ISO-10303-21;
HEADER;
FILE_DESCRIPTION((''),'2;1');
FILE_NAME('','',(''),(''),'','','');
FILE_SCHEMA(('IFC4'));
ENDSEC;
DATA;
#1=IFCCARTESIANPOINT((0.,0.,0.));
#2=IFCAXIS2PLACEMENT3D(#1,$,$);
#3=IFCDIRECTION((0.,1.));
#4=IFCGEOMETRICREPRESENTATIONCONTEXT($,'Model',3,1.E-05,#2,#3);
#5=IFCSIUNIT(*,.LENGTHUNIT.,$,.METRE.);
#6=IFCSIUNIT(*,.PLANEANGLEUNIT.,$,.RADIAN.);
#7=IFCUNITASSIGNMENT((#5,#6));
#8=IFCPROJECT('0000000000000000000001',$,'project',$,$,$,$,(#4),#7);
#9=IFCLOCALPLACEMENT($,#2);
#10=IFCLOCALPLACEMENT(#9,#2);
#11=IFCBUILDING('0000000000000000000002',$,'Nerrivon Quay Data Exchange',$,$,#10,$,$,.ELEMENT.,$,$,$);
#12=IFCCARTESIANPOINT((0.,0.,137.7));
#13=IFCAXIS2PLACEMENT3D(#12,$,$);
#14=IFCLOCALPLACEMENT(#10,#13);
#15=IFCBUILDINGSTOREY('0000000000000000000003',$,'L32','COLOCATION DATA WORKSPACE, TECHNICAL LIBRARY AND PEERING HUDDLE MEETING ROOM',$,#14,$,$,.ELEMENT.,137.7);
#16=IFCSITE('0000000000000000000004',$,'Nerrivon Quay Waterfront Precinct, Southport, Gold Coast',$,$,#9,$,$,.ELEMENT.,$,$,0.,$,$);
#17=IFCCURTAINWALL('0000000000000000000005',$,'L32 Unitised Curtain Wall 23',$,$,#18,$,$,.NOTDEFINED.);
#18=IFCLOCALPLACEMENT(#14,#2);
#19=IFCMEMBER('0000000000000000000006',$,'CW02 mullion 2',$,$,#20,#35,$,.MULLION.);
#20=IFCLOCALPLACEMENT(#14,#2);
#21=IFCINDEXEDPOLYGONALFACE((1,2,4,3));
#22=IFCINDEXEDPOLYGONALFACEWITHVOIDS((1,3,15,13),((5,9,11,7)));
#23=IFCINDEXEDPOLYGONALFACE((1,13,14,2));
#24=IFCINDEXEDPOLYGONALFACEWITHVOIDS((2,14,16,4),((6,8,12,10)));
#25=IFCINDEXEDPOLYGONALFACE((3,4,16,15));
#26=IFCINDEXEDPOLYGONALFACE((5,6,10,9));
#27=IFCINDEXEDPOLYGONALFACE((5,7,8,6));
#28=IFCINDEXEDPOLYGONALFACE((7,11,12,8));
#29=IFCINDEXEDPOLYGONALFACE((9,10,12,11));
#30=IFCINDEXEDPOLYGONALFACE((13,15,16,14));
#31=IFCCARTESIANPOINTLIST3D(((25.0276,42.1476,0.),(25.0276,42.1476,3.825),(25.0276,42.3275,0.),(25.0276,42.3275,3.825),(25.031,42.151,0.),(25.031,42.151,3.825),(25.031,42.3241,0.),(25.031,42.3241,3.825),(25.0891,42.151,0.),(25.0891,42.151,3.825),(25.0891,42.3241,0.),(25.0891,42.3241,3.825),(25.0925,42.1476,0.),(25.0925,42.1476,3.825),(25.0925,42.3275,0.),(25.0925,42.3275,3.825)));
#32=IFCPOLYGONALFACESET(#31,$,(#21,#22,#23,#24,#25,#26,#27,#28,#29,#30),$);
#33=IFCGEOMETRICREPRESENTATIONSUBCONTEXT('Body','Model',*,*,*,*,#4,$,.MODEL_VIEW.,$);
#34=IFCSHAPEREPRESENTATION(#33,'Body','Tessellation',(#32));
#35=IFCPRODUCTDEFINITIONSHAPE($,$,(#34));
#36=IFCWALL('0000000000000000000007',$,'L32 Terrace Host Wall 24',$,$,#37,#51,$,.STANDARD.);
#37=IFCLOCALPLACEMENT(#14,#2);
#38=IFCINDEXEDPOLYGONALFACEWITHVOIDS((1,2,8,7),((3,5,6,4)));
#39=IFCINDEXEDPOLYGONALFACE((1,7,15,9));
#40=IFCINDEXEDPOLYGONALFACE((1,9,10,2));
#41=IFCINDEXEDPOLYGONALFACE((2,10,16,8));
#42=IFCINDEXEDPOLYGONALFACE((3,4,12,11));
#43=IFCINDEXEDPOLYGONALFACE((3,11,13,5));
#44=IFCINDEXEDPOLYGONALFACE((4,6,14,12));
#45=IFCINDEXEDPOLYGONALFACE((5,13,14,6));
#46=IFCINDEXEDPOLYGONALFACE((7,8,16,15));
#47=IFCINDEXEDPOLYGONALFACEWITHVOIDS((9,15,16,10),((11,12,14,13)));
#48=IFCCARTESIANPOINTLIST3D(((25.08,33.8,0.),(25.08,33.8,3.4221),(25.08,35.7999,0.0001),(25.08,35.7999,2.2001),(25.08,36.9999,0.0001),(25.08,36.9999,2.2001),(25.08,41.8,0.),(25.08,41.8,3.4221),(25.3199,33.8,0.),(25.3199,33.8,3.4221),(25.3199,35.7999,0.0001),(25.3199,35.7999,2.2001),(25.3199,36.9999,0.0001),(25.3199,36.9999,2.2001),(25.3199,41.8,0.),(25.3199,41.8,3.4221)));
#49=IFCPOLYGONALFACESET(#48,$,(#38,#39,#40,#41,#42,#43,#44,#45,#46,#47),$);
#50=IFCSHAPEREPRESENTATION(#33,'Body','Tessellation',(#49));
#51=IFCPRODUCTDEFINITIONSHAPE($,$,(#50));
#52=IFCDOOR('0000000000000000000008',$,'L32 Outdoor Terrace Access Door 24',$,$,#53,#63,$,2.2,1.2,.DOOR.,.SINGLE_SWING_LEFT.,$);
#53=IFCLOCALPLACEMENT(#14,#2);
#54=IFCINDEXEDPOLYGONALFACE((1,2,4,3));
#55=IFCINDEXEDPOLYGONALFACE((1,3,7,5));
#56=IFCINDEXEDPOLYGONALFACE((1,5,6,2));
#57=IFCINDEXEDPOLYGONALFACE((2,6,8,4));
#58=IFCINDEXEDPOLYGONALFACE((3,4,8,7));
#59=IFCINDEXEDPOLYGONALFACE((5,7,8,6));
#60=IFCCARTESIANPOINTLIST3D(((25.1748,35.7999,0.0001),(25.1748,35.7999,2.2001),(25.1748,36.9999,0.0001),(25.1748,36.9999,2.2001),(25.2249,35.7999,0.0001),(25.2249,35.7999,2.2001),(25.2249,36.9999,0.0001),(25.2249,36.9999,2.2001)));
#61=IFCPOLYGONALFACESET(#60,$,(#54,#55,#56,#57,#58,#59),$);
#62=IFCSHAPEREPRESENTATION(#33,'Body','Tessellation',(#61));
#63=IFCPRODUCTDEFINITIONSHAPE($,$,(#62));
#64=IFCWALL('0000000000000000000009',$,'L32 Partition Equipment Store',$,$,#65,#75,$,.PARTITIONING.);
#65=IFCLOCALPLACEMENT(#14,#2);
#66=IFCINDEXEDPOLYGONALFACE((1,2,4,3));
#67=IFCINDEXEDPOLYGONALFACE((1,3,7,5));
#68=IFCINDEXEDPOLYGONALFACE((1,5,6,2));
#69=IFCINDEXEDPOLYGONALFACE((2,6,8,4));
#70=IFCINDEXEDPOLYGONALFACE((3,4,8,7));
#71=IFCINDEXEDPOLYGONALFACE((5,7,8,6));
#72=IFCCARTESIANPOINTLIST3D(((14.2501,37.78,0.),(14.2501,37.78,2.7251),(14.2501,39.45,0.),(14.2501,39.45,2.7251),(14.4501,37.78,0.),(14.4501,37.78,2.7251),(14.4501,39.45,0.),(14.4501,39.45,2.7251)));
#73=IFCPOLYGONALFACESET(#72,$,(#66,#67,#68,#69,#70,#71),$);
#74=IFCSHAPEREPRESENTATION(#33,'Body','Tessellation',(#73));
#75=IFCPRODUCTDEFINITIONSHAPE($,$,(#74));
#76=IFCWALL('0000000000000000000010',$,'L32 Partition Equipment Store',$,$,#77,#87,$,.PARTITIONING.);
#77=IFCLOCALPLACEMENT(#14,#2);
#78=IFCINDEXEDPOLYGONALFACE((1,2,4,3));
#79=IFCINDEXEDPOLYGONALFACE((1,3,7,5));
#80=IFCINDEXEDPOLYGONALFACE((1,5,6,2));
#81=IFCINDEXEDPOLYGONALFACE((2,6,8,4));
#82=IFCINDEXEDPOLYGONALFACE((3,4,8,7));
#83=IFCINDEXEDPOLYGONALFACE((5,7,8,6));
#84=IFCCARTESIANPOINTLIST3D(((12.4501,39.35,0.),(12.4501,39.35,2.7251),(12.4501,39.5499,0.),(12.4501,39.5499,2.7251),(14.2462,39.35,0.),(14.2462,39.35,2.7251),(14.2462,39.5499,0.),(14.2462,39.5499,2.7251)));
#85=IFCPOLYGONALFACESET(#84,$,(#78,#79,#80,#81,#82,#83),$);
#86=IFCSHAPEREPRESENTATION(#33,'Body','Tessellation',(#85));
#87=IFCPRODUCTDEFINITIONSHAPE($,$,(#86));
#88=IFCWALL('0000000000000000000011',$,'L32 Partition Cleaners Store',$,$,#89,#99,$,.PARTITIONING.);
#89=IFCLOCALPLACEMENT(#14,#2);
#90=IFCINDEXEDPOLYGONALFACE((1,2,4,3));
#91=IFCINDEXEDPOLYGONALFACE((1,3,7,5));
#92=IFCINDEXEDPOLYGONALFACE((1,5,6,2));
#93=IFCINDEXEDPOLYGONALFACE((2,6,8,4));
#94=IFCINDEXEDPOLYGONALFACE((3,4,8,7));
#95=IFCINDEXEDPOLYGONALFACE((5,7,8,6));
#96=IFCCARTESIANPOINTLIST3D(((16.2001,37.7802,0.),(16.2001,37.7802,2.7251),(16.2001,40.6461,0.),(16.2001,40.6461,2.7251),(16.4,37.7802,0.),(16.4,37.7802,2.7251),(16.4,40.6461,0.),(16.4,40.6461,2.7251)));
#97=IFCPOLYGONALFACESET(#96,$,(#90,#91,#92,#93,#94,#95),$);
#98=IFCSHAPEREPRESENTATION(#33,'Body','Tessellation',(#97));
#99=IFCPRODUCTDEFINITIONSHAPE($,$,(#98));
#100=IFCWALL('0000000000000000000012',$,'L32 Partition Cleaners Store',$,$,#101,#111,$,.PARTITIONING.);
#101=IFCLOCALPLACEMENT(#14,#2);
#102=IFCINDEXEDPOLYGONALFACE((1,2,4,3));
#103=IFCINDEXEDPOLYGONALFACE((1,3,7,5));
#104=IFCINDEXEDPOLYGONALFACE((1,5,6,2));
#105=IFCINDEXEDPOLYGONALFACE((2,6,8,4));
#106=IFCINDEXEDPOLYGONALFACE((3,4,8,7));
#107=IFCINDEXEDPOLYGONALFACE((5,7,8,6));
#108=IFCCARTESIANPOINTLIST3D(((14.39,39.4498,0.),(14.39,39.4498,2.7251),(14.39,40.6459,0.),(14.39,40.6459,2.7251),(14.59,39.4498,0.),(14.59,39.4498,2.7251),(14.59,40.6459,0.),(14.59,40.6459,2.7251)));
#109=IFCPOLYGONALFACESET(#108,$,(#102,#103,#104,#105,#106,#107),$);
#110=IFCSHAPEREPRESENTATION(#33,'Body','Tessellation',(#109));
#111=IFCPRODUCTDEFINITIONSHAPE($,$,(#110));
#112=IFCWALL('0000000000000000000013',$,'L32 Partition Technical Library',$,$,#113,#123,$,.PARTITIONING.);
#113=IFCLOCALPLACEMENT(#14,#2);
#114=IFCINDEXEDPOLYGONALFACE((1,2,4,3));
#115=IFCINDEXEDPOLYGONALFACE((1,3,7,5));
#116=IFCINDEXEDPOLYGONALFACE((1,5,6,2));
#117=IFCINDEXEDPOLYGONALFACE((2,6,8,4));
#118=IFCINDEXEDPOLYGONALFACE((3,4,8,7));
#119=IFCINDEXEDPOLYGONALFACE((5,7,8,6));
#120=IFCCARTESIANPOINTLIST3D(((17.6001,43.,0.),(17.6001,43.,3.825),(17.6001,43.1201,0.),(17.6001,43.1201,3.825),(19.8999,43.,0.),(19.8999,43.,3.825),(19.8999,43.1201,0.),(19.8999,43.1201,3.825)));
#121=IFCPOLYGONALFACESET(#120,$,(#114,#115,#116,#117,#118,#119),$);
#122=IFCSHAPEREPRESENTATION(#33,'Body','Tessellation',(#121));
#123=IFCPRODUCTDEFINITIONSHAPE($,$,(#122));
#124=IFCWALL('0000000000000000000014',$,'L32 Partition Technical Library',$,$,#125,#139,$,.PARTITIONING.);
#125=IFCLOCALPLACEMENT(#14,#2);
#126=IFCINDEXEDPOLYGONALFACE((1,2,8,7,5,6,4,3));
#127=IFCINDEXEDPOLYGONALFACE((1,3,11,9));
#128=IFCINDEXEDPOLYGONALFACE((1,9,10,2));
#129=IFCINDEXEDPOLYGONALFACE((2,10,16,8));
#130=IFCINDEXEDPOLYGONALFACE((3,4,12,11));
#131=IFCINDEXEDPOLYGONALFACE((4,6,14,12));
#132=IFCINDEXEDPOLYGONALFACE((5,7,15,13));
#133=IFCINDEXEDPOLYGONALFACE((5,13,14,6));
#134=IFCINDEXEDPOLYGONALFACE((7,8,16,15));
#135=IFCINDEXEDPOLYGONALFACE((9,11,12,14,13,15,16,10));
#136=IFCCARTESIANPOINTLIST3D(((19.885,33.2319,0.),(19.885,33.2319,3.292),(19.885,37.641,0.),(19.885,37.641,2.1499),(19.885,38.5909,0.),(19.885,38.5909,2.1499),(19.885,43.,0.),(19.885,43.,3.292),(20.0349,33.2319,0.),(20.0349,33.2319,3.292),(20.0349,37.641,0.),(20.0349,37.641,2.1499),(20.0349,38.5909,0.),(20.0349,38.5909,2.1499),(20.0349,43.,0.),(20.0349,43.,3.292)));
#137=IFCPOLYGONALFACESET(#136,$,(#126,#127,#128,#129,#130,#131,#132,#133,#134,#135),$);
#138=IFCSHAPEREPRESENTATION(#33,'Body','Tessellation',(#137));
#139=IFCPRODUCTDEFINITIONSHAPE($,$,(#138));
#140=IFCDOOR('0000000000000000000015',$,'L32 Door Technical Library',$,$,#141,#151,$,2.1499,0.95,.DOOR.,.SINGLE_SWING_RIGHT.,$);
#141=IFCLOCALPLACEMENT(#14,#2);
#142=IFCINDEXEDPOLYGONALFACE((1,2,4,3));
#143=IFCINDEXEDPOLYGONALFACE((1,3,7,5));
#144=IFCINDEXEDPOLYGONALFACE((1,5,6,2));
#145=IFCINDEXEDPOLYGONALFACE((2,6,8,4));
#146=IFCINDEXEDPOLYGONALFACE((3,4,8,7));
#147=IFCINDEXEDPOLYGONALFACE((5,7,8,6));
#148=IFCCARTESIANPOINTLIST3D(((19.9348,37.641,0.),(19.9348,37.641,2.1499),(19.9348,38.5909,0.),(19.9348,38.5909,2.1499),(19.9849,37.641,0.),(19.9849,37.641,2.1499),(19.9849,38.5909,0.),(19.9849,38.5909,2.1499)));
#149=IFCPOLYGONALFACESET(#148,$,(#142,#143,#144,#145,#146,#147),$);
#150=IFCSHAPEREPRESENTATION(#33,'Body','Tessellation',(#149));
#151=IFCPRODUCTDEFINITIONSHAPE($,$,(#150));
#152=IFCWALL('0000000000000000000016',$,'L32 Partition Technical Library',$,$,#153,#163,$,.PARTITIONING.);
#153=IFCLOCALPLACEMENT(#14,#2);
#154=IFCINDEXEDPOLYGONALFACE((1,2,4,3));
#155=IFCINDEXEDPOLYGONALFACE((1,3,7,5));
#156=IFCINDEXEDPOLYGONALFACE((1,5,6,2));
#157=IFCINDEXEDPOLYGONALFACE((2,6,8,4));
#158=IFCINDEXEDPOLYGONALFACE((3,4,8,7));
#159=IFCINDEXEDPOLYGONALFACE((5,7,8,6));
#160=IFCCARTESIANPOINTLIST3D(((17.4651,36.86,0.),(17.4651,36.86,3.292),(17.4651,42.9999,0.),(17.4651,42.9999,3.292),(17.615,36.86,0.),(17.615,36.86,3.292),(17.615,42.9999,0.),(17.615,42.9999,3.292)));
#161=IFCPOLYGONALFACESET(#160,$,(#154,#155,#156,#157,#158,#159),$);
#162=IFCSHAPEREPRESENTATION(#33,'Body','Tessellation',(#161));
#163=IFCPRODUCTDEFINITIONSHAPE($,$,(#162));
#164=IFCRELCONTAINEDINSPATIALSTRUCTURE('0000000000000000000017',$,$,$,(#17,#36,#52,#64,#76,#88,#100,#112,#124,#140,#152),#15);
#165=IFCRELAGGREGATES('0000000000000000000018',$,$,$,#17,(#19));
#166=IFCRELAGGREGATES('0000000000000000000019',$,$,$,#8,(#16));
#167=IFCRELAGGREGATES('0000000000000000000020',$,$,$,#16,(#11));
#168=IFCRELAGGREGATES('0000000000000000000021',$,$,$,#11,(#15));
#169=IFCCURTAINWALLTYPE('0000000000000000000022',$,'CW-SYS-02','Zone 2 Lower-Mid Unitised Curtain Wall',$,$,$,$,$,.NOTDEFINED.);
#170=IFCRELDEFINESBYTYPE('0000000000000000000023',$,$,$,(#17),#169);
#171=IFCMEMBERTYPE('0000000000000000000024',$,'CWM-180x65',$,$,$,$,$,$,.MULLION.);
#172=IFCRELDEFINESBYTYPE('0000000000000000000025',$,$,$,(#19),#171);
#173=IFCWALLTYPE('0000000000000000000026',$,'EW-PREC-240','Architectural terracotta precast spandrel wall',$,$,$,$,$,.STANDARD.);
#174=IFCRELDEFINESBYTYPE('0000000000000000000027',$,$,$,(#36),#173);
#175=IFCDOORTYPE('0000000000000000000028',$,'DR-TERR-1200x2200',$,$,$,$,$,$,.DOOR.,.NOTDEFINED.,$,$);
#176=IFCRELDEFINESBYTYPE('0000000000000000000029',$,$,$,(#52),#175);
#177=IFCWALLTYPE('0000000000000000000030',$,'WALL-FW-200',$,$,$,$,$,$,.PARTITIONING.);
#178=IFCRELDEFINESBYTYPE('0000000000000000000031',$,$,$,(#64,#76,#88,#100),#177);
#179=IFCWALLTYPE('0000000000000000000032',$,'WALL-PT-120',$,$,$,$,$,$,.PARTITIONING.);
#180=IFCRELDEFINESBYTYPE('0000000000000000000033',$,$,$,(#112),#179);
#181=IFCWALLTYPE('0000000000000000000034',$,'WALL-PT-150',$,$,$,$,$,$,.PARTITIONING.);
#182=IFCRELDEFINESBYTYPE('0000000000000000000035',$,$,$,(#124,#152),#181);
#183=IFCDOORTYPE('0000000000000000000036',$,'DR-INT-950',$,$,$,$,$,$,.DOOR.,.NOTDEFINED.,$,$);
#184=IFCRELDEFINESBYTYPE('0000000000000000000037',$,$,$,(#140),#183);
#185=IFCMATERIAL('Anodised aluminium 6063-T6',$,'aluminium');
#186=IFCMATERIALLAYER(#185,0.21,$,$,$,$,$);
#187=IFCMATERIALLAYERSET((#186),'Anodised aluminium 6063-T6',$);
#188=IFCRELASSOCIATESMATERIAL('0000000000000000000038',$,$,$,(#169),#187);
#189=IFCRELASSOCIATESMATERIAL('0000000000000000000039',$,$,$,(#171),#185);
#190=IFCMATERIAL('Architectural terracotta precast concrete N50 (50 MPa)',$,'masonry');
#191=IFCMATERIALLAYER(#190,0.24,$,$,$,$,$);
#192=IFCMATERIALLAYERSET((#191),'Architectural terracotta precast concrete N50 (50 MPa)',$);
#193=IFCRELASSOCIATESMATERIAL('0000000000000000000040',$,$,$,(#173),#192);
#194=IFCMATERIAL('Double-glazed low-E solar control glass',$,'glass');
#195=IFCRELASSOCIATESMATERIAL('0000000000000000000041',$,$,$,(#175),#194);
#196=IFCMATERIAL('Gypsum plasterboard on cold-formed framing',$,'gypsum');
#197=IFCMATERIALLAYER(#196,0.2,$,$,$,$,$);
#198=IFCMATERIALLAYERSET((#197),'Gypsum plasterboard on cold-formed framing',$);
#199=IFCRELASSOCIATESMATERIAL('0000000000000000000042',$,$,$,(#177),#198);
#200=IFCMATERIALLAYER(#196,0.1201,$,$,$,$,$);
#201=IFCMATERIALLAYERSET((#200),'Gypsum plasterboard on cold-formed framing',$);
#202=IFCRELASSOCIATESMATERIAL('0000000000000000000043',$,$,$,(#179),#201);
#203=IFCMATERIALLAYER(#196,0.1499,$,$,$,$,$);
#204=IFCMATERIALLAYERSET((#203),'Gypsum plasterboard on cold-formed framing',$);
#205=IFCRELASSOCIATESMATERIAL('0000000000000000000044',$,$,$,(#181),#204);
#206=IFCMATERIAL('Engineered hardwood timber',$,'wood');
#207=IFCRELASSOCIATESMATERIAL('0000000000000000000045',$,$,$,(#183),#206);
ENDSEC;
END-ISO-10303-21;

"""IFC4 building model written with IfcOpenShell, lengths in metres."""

from ifc_helpers import new_model, si_unit, direction, frame, frame_2d, origin, origin_2d, place, context, subcontext, project, spatial, rectangle, hollow_rectangle, extrude, material, layer, layer_set, material_profile, profile_set, type_object, element, fill, aggregate, save


model = new_model("IFC4")

# Units and contexts
model_context = context("Model", 3, precision=1e-05, world=origin(), true_north=direction((0.0, 1.0)))
body_context = subcontext(model_context, "Body", "Model", "MODEL_VIEW")
ifc_project = project(units=[si_unit("LENGTHUNIT", "METRE"), si_unit("PLANEANGLEUNIT", "RADIAN")], contexts=[model_context])

# Site, building, storey
site_placement = place(None, origin())
site = spatial("IfcSite", under=ifc_project, at=site_placement, Name="Nerrivon Quay Waterfront Precinct, Southport, Gold Coast", CompositionType="ELEMENT", RefElevation=0.0)
building_placement = place(site_placement, origin())
building = spatial("IfcBuilding", under=site, at=building_placement, Name="Nerrivon Quay Data Exchange", CompositionType="ELEMENT")
storey_placement = place(building_placement, frame((0.0, 0.0, 137.7)))
storey = spatial("IfcBuildingStorey", under=building, at=storey_placement, Name="L32", Description="COLOCATION DATA WORKSPACE, TECHNICAL LIBRARY AND PEERING HUDDLE MEETING ROOM", CompositionType="ELEMENT", Elevation=137.7)

# Curtain wall, member
ifc_material_1 = material(Name="Anodised aluminium 6063-T6", Category="aluminium")
ifc_layer_1 = layer(ifc_material_1, 0.21)
ifc_layer_set_1 = layer_set([ifc_layer_1], Name="Anodised aluminium 6063-T6")
curtain_wall_type = type_object("IfcCurtainWallType", Name="CW-SYS-02", Description="Zone 2 Lower-Mid Unitised Curtain Wall", PredefinedType="NOTDEFINED", material=ifc_layer_set_1)
curtain_wall_placement = place(storey_placement, origin())
curtain_wall = element("IfcCurtainWall", 1, at=curtain_wall_placement, inside=storey, type_object=curtain_wall_type, Name="L32 Unitised Curtain Wall 23", PredefinedType="NOTDEFINED")
ifc_material_profile_1 = material_profile(ifc_material_1, hollow_rectangle(XDim=0.0649, YDim=0.1799, WallThickness=0.0034, at=origin_2d()), Name="ALU-MULL-180x65")
ifc_profile_set_1 = profile_set([ifc_material_profile_1], Name="Anodised aluminium 6063-T6")
member_type = type_object("IfcMemberType", Name="CWM-180x65", PredefinedType="MULLION", material=ifc_profile_set_1)
member_placement = place(storey_placement, frame((25.0601, 42.2375, 0.0), z_axis=(0.0, 0.0, 1.0), x_axis=(1.0, 0.0, 0.0)))
member = element("IfcMember", 2, at=member_placement, type_object=member_type, Name="CW02 mullion 2", PredefinedType="MULLION", context=body_context, shape_type="SweptSolid", body=[
    extrude(hollow_rectangle(XDim=0.0649, YDim=0.1799, WallThickness=0.0034, at=origin_2d()), origin(), (0.0, 0.0, 1.0), 3.825),
])
aggregate(curtain_wall, [member])

# Wall, opening, door
ifc_material_2 = material(Name="Architectural terracotta precast concrete N50 (50 MPa)", Category="masonry")
ifc_layer_2 = layer(ifc_material_2, 0.24)
ifc_layer_set_2 = layer_set([ifc_layer_2], Name="Architectural terracotta precast concrete N50 (50 MPa)")
wall_type_1 = type_object("IfcWallType", Name="EW-PREC-240", Description="Architectural terracotta precast spandrel wall", PredefinedType="STANDARD", material=ifc_layer_set_2)
wall_1_placement = place(storey_placement, frame((25.2, 41.8, 0.0), z_axis=(0.0, 0.0, 1.0), x_axis=(0.0, -1.0, 0.0)))
wall_1 = element("IfcWall", 3, at=wall_1_placement, inside=storey, type_object=wall_type_1, Name="L32 Terrace Host Wall 24", PredefinedType="STANDARD", context=body_context, shape_type="SweptSolid", body=[
    extrude(rectangle(XDim=8.0, YDim=0.24, at=frame_2d((4.0, 0.0))), origin(), (0.0, 0.0, 1.0), 3.4221),
])
opening_1_placement = place(wall_1_placement, frame((4.8, 0.0, 0.0)))
opening_1 = element("IfcOpeningElement", 4, at=opening_1_placement, cuts=wall_1, PredefinedType="OPENING", context=body_context, shape_type="SweptSolid", body=[
    extrude(rectangle(XDim=1.2, YDim=2.2, at=frame_2d((0.6001, 1.1001))), frame((0.0, 0.1299, 0.0), z_axis=(0.0, -1.0, 0.0), x_axis=(1.0, 0.0, 0.0)), (0.0, 0.0, 1.0), 0.26),
])
ifc_material_3 = material(Name="Double-glazed low-E solar control glass", Category="glass")
door_type_1 = type_object("IfcDoorType", Name="DR-TERR-1200x2200", OperationType="NOTDEFINED", PredefinedType="DOOR", material=ifc_material_3)
door_1_placement = place(opening_1_placement, origin())
door_1 = element("IfcDoor", 5, at=door_1_placement, inside=storey, type_object=door_type_1, Name="L32 Outdoor Terrace Access Door 24", OperationType="SINGLE_SWING_LEFT", OverallHeight=2.2, OverallWidth=1.2, PredefinedType="DOOR", context=body_context, shape_type="SweptSolid", body=[
    extrude(rectangle(XDim=1.2, YDim=2.2, at=frame_2d((0.6001, 1.1001))), frame((0.0, 0.0249, 0.0), z_axis=(0.0, -1.0, 0.0), x_axis=(1.0, 0.0, 0.0)), (0.0, 0.0, 1.0), 0.05),
])
fill(opening_1, door_1)

# Walls
ifc_material_4 = material(Name="Gypsum plasterboard on cold-formed framing", Category="gypsum")
ifc_layer_3 = layer(ifc_material_4, 0.2)
ifc_layer_set_3 = layer_set([ifc_layer_3], Name="Gypsum plasterboard on cold-formed framing")
wall_type_2 = type_object("IfcWallType", Name="WALL-FW-200", PredefinedType="PARTITIONING", material=ifc_layer_set_3)
wall_2_placement = place(storey_placement, frame((14.3501, 37.78, 0.0), z_axis=(0.0, 0.0, 1.0), x_axis=(0.0, 1.0, 0.0)))
element("IfcWall", 6, at=wall_2_placement, inside=storey, type_object=wall_type_2, Name="L32 Partition Equipment Store", PredefinedType="PARTITIONING", context=body_context, shape_type="SweptSolid", body=[
    extrude(rectangle(XDim=1.6699, YDim=0.2, at=frame_2d((0.835, 0.0))), origin(), (0.0, 0.0, 1.0), 2.7251),
])
wall_3_placement = place(storey_placement, frame((14.2461, 39.45, 0.0), z_axis=(0.0, 0.0, 1.0), x_axis=(-1.0, 0.0, 0.0)))
element("IfcWall", 7, at=wall_3_placement, inside=storey, type_object=wall_type_2, Name="L32 Partition Equipment Store", PredefinedType="PARTITIONING", context=body_context, shape_type="SweptSolid", body=[
    extrude(rectangle(XDim=1.7961, YDim=0.2, at=frame_2d((0.8979, 0.0))), origin(), (0.0, 0.0, 1.0), 2.7251),
])
wall_4_placement = place(storey_placement, frame((16.3, 37.78, 0.0), z_axis=(0.0, 0.0, 1.0), x_axis=(0.0, 1.0, 0.0)))
element("IfcWall", 8, at=wall_4_placement, inside=storey, type_object=wall_type_2, Name="L32 Partition Cleaners Store", PredefinedType="PARTITIONING", context=body_context, shape_type="SweptSolid", body=[
    extrude(rectangle(XDim=2.866, YDim=0.2, at=frame_2d((1.4331, 0.0))), origin(), (0.0, 0.0, 1.0), 2.7251),
])
wall_5_placement = place(storey_placement, frame((14.49, 40.646, 0.0), z_axis=(0.0, 0.0, 1.0), x_axis=(0.0, -1.0, 0.0)))
element("IfcWall", 9, at=wall_5_placement, inside=storey, type_object=wall_type_2, Name="L32 Partition Cleaners Store", PredefinedType="PARTITIONING", context=body_context, shape_type="SweptSolid", body=[
    extrude(rectangle(XDim=1.196, YDim=0.2, at=frame_2d((0.5981, 0.0))), origin(), (0.0, 0.0, 1.0), 2.7251),
])
ifc_layer_4 = layer(ifc_material_4, 0.1201)
ifc_layer_set_4 = layer_set([ifc_layer_4], Name="Gypsum plasterboard on cold-formed framing")
wall_type_3 = type_object("IfcWallType", Name="WALL-PT-120", PredefinedType="PARTITIONING", material=ifc_layer_set_4)
wall_6_placement = place(storey_placement, frame((17.6001, 43.0601, 0.0), z_axis=(0.0, 0.0, 1.0), x_axis=(1.0, 0.0, 0.0)))
element("IfcWall", 10, at=wall_6_placement, inside=storey, type_object=wall_type_3, Name="L32 Partition Technical Library", PredefinedType="PARTITIONING", context=body_context, shape_type="SweptSolid", body=[
    extrude(rectangle(XDim=2.2998, YDim=0.1201, at=frame_2d((1.1499, 0.0))), origin(), (0.0, 0.0, 1.0), 3.825),
])

# Wall, opening, door
ifc_layer_5 = layer(ifc_material_4, 0.1499)
ifc_layer_set_5 = layer_set([ifc_layer_5], Name="Gypsum plasterboard on cold-formed framing")
wall_type_4 = type_object("IfcWallType", Name="WALL-PT-150", PredefinedType="PARTITIONING", material=ifc_layer_set_5)
wall_7_placement = place(storey_placement, frame((19.96, 43.0, 0.0), z_axis=(0.0, 0.0, 1.0), x_axis=(0.0, -1.0, 0.0)))
wall_7 = element("IfcWall", 11, at=wall_7_placement, inside=storey, type_object=wall_type_4, Name="L32 Partition Technical Library", PredefinedType="PARTITIONING", context=body_context, shape_type="SweptSolid", body=[
    extrude(rectangle(XDim=9.7681, YDim=0.1499, at=frame_2d((4.884, 0.0))), origin(), (0.0, 0.0, 1.0), 3.292),
])
opening_2_placement = place(wall_7_placement, frame((4.4089, 0.0, 0.0)))
opening_2 = element("IfcOpeningElement", 12, at=opening_2_placement, cuts=wall_7, PredefinedType="OPENING", context=body_context, shape_type="SweptSolid", body=[
    extrude(rectangle(XDim=0.95, YDim=2.1499, at=frame_2d((0.4751, 1.075))), frame((0.0, 0.085, 0.0), z_axis=(0.0, -1.0, 0.0), x_axis=(1.0, 0.0, 0.0)), (0.0, 0.0, 1.0), 0.1699),
])
ifc_material_5 = material(Name="Engineered hardwood timber", Category="wood")
door_type_2 = type_object("IfcDoorType", Name="DR-INT-950", OperationType="NOTDEFINED", PredefinedType="DOOR", material=ifc_material_5)
door_2_placement = place(opening_2_placement, origin())
door_2 = element("IfcDoor", 13, at=door_2_placement, inside=storey, type_object=door_type_2, Name="L32 Door Technical Library", OperationType="SINGLE_SWING_RIGHT", OverallHeight=2.1499, OverallWidth=0.95, PredefinedType="DOOR", context=body_context, shape_type="SweptSolid", body=[
    extrude(rectangle(XDim=0.95, YDim=2.1499, at=frame_2d((0.4751, 1.075))), frame((0.0, 0.0249, 0.0), z_axis=(0.0, -1.0, 0.0), x_axis=(1.0, 0.0, 0.0)), (0.0, 0.0, 1.0), 0.05),
])
fill(opening_2, door_2)

# Wall
wall_8_placement = place(storey_placement, frame((17.54, 36.8601, 0.0), z_axis=(0.0, 0.0, 1.0), x_axis=(0.0, 1.0, 0.0)))
element("IfcWall", 14, at=wall_8_placement, inside=storey, type_object=wall_type_4, Name="L32 Partition Technical Library", PredefinedType="PARTITIONING", context=body_context, shape_type="SweptSolid", body=[
    extrude(rectangle(XDim=6.1399, YDim=0.1499, at=frame_2d((3.0698, 0.0))), origin(), (0.0, 0.0, 1.0), 3.292),
])

save(model, "model.ifc")
